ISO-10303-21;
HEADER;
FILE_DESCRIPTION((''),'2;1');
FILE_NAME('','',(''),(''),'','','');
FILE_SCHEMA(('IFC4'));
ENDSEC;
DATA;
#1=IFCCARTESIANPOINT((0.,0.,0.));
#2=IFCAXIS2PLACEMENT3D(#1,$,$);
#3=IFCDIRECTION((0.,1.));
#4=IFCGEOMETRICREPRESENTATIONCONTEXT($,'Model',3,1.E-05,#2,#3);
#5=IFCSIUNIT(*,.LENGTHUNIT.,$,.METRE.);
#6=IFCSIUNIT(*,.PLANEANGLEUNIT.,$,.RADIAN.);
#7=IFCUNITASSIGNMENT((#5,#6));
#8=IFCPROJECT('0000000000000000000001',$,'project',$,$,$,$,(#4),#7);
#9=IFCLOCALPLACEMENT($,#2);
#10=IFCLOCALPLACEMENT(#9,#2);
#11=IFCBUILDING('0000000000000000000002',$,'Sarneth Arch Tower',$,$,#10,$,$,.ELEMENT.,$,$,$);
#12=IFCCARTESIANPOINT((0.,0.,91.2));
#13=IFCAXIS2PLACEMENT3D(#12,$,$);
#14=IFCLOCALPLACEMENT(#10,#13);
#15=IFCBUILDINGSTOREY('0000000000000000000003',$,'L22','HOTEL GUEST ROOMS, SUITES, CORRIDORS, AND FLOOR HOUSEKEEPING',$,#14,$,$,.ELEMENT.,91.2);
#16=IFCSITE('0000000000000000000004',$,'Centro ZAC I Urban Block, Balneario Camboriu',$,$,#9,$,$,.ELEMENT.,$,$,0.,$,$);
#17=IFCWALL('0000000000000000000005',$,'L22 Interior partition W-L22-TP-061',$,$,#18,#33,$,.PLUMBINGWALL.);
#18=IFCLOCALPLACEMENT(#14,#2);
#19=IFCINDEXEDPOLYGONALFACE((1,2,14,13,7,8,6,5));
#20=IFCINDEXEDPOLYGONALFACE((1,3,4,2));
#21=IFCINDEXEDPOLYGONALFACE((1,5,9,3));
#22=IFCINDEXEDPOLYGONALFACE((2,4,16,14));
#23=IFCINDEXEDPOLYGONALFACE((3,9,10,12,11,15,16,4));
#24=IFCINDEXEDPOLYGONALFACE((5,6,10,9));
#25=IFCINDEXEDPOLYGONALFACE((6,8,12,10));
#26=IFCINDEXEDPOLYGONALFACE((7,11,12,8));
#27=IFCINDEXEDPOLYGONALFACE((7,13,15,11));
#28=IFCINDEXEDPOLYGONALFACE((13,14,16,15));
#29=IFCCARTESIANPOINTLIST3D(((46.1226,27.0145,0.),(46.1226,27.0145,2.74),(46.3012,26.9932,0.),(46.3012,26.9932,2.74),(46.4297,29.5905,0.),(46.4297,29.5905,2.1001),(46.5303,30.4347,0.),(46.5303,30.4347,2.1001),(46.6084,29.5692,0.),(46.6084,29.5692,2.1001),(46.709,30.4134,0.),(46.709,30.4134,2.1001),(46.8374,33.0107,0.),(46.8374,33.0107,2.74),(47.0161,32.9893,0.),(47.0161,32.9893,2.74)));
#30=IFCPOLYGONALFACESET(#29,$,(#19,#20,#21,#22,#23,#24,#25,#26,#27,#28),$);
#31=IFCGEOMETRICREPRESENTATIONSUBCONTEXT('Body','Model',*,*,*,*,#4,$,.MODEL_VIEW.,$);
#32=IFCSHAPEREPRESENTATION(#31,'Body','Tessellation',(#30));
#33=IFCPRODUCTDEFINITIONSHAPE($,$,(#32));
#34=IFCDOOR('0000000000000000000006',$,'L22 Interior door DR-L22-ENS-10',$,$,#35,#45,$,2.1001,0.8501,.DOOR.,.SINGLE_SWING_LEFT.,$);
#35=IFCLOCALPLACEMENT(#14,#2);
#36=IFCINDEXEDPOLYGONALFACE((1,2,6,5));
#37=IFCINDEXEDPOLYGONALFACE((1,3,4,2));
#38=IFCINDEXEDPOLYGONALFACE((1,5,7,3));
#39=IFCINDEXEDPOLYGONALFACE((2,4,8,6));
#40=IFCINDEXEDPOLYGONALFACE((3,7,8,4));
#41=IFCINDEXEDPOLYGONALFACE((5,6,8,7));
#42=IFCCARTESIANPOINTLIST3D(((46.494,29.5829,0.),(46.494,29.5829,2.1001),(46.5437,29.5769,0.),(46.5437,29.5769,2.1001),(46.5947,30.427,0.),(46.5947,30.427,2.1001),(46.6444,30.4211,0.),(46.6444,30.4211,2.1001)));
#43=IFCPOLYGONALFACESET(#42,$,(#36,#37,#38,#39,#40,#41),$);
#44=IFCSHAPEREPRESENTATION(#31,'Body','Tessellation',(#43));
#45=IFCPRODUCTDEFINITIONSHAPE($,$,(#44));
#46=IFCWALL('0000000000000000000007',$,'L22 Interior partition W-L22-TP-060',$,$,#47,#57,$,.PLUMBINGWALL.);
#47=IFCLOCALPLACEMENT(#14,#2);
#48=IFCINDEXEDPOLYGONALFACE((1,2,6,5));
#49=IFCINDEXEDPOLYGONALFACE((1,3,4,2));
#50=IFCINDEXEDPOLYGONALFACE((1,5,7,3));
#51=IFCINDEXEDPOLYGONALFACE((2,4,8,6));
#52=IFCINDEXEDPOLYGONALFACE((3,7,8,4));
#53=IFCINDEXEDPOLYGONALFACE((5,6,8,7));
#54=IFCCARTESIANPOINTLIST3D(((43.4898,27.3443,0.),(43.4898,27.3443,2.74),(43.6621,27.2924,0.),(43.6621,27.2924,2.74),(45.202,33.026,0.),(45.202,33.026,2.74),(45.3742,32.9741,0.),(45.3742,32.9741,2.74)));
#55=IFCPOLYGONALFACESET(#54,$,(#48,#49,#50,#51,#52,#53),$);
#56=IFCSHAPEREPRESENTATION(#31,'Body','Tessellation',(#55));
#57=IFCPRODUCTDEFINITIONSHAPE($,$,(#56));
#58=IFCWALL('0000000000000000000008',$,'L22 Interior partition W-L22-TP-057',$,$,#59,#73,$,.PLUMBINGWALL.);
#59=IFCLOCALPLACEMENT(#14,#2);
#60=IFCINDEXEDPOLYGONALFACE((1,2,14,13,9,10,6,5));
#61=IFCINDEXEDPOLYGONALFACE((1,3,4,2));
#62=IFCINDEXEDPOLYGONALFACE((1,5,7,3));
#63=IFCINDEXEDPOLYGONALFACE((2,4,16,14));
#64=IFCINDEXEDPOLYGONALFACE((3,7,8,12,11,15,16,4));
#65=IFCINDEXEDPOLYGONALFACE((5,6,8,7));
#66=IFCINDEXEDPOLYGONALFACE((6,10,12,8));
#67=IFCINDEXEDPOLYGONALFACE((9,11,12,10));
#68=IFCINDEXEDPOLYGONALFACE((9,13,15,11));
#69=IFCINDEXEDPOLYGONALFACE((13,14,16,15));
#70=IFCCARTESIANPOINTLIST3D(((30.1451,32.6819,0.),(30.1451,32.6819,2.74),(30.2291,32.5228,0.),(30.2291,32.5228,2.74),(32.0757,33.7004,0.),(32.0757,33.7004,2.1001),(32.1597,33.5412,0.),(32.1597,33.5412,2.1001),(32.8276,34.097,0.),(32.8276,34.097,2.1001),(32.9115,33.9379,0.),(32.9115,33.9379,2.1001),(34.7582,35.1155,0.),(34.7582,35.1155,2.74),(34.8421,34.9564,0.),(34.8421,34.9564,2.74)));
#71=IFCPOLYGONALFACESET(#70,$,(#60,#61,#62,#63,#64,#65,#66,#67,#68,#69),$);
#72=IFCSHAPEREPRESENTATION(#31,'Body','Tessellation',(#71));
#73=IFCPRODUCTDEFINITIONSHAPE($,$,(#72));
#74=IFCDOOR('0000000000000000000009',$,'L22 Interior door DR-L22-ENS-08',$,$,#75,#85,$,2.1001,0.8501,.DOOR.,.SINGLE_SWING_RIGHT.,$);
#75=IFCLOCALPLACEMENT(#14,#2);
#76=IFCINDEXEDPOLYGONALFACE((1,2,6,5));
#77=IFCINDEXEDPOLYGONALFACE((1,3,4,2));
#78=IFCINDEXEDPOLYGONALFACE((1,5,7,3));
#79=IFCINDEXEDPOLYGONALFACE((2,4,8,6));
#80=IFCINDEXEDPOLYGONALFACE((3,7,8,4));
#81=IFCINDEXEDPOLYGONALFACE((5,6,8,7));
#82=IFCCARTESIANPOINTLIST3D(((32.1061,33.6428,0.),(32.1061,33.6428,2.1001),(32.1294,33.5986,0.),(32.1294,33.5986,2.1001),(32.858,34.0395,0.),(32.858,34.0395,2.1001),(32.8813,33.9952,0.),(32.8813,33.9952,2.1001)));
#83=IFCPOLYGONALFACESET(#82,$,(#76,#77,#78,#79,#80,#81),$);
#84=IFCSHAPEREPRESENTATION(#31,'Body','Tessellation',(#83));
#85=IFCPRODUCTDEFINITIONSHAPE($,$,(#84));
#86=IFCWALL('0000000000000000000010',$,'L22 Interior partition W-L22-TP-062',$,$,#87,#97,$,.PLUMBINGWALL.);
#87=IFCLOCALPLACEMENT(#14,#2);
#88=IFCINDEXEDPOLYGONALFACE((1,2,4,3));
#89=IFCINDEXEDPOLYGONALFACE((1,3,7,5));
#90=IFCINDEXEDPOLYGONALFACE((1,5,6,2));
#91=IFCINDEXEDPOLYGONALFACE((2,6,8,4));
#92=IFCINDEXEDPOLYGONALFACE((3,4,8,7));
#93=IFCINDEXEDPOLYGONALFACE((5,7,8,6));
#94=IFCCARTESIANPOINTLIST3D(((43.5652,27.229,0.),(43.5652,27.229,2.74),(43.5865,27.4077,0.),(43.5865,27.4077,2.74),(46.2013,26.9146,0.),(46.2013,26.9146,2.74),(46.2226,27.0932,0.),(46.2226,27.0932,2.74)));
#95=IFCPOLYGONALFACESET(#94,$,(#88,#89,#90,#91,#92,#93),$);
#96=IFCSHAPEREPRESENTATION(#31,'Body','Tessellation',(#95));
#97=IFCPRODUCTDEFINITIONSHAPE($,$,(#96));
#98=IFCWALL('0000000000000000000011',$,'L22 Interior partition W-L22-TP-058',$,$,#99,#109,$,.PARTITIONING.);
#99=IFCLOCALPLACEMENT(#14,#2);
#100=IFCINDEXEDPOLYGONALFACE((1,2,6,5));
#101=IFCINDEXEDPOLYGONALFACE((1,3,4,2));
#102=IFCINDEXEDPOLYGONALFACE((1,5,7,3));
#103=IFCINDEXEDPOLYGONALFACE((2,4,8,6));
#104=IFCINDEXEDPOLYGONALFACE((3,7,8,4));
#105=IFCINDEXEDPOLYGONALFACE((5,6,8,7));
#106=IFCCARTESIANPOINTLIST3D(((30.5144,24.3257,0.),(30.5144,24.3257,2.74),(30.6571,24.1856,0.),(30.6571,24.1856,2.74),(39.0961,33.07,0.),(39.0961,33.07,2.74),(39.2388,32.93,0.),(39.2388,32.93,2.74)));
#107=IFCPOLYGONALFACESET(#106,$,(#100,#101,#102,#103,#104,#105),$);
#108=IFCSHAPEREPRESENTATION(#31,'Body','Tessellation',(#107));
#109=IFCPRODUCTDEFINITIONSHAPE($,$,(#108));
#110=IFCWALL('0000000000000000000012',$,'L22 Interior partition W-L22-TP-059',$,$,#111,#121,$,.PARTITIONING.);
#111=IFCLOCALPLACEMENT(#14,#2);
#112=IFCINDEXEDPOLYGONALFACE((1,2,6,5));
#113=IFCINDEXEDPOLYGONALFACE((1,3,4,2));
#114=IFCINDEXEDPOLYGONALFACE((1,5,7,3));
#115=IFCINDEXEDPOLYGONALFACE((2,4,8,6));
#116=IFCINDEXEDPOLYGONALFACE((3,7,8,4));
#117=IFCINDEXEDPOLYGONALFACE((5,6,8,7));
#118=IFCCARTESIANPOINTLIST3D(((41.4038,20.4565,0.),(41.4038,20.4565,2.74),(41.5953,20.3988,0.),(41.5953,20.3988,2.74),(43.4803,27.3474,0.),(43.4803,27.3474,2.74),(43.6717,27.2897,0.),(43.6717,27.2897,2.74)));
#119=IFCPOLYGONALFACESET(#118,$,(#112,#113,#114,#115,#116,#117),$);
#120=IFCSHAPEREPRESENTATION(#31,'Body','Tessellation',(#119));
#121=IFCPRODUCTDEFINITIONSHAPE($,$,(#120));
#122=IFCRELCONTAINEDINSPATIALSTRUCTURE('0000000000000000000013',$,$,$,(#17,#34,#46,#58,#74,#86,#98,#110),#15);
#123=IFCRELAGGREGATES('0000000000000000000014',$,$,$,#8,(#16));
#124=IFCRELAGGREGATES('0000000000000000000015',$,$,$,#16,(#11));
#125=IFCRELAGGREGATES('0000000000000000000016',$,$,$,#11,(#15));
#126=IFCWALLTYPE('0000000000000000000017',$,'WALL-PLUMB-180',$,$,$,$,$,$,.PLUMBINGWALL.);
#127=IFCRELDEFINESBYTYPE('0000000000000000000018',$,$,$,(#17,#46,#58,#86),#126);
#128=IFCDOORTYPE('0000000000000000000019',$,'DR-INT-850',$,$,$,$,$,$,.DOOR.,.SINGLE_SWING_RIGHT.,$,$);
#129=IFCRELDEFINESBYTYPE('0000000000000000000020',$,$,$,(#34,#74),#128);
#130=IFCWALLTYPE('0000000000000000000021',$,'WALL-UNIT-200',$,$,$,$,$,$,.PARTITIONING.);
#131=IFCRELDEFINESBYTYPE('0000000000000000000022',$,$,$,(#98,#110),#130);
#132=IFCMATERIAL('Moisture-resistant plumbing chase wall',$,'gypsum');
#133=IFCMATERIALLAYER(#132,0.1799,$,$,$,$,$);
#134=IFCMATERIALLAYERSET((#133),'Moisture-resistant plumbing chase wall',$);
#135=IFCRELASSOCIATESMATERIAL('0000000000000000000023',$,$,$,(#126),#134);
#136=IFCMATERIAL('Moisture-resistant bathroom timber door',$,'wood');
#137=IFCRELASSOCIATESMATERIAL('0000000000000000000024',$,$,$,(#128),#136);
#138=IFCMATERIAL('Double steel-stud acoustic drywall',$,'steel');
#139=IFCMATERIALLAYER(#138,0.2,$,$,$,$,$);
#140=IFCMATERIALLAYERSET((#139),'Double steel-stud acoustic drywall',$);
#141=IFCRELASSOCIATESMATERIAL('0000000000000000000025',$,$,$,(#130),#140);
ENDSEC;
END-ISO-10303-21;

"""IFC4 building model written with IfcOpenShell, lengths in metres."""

from ifc_helpers import new_model, si_unit, direction, frame, frame_2d, origin, place, context, subcontext, project, spatial, rectangle, extrude, material, layer, layer_set, type_object, element, fill, save


model = new_model("IFC4")

# Units and contexts
model_context = context("Model", 3, precision=1e-05, world=origin(), true_north=direction((0.0, 1.0)))
body_context = subcontext(model_context, "Body", "Model", "MODEL_VIEW")
ifc_project = project(units=[si_unit("LENGTHUNIT", "METRE"), si_unit("PLANEANGLEUNIT", "RADIAN")], contexts=[model_context])

# Site, building, storey
site_placement = place(None, origin())
site = spatial("IfcSite", under=ifc_project, at=site_placement, Name="Centro ZAC I Urban Block, Balneario Camboriu", CompositionType="ELEMENT", RefElevation=0.0)
building_placement = place(site_placement, origin())
building = spatial("IfcBuilding", under=site, at=building_placement, Name="Sarneth Arch Tower", CompositionType="ELEMENT")
storey_placement = place(building_placement, frame((0.0, 0.0, 91.2)))
storey = spatial("IfcBuildingStorey", under=building, at=storey_placement, Name="L22", Description="HOTEL GUEST ROOMS, SUITES, CORRIDORS, AND FLOOR HOUSEKEEPING", CompositionType="ELEMENT", Elevation=91.2)

# Wall, opening, door
ifc_material_1 = material(Name="Moisture-resistant plumbing chase wall", Category="gypsum")
ifc_layer_1 = layer(ifc_material_1, 0.1799)
ifc_layer_set_1 = layer_set([ifc_layer_1], Name="Moisture-resistant plumbing chase wall")
wall_type_1 = type_object("IfcWallType", Name="WALL-PLUMB-180", PredefinedType="PLUMBINGWALL", material=ifc_layer_set_1)
wall_1_placement = place(storey_placement, frame((46.9268, 33.0, 0.0), z_axis=(0.0, 0.0, 1.0), x_axis=(-0.11838, -0.992968, 0.0)))
wall_1 = element("IfcWall", 1, at=wall_1_placement, inside=storey, type_object=wall_type_1, Name="L22 Interior partition W-L22-TP-061", PredefinedType="PLUMBINGWALL", context=body_context, shape_type="SweptSolid", body=[
    extrude(rectangle(XDim=6.0386, YDim=0.1799, at=frame_2d((3.0193, 0.0))), origin(), (0.0, 0.0, 1.0), 2.74),
])
opening_1_placement = place(wall_1_placement, frame((2.5942, 0.0, 0.0)))
opening_1 = element("IfcOpeningElement", 2, at=opening_1_placement, cuts=wall_1, PredefinedType="OPENING", context=body_context, shape_type="SweptSolid", body=[
    extrude(rectangle(XDim=0.8501, YDim=2.1001, at=frame_2d((0.425, 1.05))), frame((0.0, 0.0999, 0.0), z_axis=(0.0, -1.0, 0.0), x_axis=(1.0, 0.0, 0.0)), (0.0, 0.0, 1.0), 0.2),
])
ifc_material_2 = material(Name="Moisture-resistant bathroom timber door", Category="wood")
door_type_1 = type_object("IfcDoorType", Name="DR-INT-850", OperationType="SINGLE_SWING_RIGHT", PredefinedType="DOOR", material=ifc_material_2)
door_1_placement = place(opening_1_placement, origin())
door_1 = element("IfcDoor", 3, at=door_1_placement, inside=storey, type_object=door_type_1, Name="L22 Interior door DR-L22-ENS-10", OperationType="SINGLE_SWING_LEFT", OverallHeight=2.1001, OverallWidth=0.8501, PredefinedType="DOOR", context=body_context, shape_type="SweptSolid", body=[
    extrude(rectangle(XDim=0.8501, YDim=2.1001, at=frame_2d((0.425, 1.05))), frame((0.0, 0.0249, 0.0), z_axis=(0.0, -1.0, 0.0), x_axis=(1.0, 0.0, 0.0)), (0.0, 0.0, 1.0), 0.05),
])
fill(opening_1, door_1)

# Wall
wall_2_placement = place(storey_placement, frame((43.5759, 27.3184, 0.0), z_axis=(0.0, 0.0, 1.0), x_axis=(0.288533, 0.95747, 0.0)))
element("IfcWall", 4, at=wall_2_placement, inside=storey, type_object=wall_type_1, Name="L22 Interior partition W-L22-TP-060", PredefinedType="PLUMBINGWALL", context=body_context, shape_type="SweptSolid", body=[
    extrude(rectangle(XDim=5.9341, YDim=0.1799, at=frame_2d((2.967, 0.0))), origin(), (0.0, 0.0, 1.0), 2.74),
])

# Wall, opening, door
wall_3_placement = place(storey_placement, frame((30.187, 32.6023, 0.0), z_axis=(0.0, 0.0, 1.0), x_axis=(0.884469, 0.466599, 0.0)))
wall_3 = element("IfcWall", 5, at=wall_3_placement, inside=storey, type_object=wall_type_1, Name="L22 Interior partition W-L22-TP-057", PredefinedType="PLUMBINGWALL", context=body_context, shape_type="SweptSolid", body=[
    extrude(rectangle(XDim=5.2156, YDim=0.1799, at=frame_2d((2.6079, 0.0))), origin(), (0.0, 0.0, 1.0), 2.74),
])
opening_2_placement = place(wall_3_placement, frame((2.1829, 0.0, 0.0)))
opening_2 = element("IfcOpeningElement", 6, at=opening_2_placement, cuts=wall_3, PredefinedType="OPENING", context=body_context, shape_type="SweptSolid", body=[
    extrude(rectangle(XDim=0.8501, YDim=2.1001, at=frame_2d((0.425, 1.05))), frame((0.0, 0.0999, 0.0), z_axis=(0.0, -1.0, 0.0), x_axis=(1.0, 0.0, 0.0)), (0.0, 0.0, 1.0), 0.2),
])
door_2_placement = place(opening_2_placement, origin())
door_2 = element("IfcDoor", 7, at=door_2_placement, inside=storey, type_object=door_type_1, Name="L22 Interior door DR-L22-ENS-08", OperationType="SINGLE_SWING_RIGHT", OverallHeight=2.1001, OverallWidth=0.8501, PredefinedType="DOOR", context=body_context, shape_type="SweptSolid", body=[
    extrude(rectangle(XDim=0.8501, YDim=2.1001, at=frame_2d((0.425, 1.05))), frame((0.0, 0.0249, 0.0), z_axis=(0.0, -1.0, 0.0), x_axis=(1.0, 0.0, 0.0)), (0.0, 0.0, 1.0), 0.05),
])
fill(opening_2, door_2)

# Walls
wall_4_placement = place(storey_placement, frame((46.2119, 27.0039, 0.0), z_axis=(0.0, 0.0, 1.0), x_axis=(-0.99296, 0.118453, 0.0)))
element("IfcWall", 8, at=wall_4_placement, inside=storey, type_object=wall_type_1, Name="L22 Interior partition W-L22-TP-062", PredefinedType="PLUMBINGWALL", context=body_context, shape_type="SweptSolid", body=[
    extrude(rectangle(XDim=2.6548, YDim=0.1799, at=frame_2d((1.3274, 0.0))), origin(), (0.0, 0.0, 1.0), 2.74),
])
ifc_material_3 = material(Name="Double steel-stud acoustic drywall", Category="steel")
ifc_layer_2 = layer(ifc_material_3, 0.2)
ifc_layer_set_2 = layer_set([ifc_layer_2], Name="Double steel-stud acoustic drywall")
wall_type_2 = type_object("IfcWallType", Name="WALL-UNIT-200", PredefinedType="PARTITIONING", material=ifc_layer_set_2)
wall_5_placement = place(storey_placement, frame((39.1675, 33.0, 0.0), z_axis=(0.0, 0.0, 1.0), x_axis=(-0.70044, -0.713711, 0.0)))
element("IfcWall", 9, at=wall_5_placement, inside=storey, type_object=wall_type_2, Name="L22 Interior partition W-L22-TP-058", PredefinedType="PARTITIONING", context=body_context, shape_type="SweptSolid", body=[
    extrude(rectangle(XDim=12.252, YDim=0.2, at=frame_2d((6.126, 0.0))), origin(), (0.0, 0.0, 1.0), 2.74),
])
wall_6_placement = place(storey_placement, frame((41.4995, 20.4275, 0.0), z_axis=(0.0, 0.0, 1.0), x_axis=(0.288515, 0.957475, 0.0)))
element("IfcWall", 10, at=wall_6_placement, inside=storey, type_object=wall_type_2, Name="L22 Interior partition W-L22-TP-059", PredefinedType="PARTITIONING", context=body_context, shape_type="SweptSolid", body=[
    extrude(rectangle(XDim=7.197, YDim=0.2, at=frame_2d((3.5986, 0.0))), origin(), (0.0, 0.0, 1.0), 2.74),
])

save(model, "model.ifc")
